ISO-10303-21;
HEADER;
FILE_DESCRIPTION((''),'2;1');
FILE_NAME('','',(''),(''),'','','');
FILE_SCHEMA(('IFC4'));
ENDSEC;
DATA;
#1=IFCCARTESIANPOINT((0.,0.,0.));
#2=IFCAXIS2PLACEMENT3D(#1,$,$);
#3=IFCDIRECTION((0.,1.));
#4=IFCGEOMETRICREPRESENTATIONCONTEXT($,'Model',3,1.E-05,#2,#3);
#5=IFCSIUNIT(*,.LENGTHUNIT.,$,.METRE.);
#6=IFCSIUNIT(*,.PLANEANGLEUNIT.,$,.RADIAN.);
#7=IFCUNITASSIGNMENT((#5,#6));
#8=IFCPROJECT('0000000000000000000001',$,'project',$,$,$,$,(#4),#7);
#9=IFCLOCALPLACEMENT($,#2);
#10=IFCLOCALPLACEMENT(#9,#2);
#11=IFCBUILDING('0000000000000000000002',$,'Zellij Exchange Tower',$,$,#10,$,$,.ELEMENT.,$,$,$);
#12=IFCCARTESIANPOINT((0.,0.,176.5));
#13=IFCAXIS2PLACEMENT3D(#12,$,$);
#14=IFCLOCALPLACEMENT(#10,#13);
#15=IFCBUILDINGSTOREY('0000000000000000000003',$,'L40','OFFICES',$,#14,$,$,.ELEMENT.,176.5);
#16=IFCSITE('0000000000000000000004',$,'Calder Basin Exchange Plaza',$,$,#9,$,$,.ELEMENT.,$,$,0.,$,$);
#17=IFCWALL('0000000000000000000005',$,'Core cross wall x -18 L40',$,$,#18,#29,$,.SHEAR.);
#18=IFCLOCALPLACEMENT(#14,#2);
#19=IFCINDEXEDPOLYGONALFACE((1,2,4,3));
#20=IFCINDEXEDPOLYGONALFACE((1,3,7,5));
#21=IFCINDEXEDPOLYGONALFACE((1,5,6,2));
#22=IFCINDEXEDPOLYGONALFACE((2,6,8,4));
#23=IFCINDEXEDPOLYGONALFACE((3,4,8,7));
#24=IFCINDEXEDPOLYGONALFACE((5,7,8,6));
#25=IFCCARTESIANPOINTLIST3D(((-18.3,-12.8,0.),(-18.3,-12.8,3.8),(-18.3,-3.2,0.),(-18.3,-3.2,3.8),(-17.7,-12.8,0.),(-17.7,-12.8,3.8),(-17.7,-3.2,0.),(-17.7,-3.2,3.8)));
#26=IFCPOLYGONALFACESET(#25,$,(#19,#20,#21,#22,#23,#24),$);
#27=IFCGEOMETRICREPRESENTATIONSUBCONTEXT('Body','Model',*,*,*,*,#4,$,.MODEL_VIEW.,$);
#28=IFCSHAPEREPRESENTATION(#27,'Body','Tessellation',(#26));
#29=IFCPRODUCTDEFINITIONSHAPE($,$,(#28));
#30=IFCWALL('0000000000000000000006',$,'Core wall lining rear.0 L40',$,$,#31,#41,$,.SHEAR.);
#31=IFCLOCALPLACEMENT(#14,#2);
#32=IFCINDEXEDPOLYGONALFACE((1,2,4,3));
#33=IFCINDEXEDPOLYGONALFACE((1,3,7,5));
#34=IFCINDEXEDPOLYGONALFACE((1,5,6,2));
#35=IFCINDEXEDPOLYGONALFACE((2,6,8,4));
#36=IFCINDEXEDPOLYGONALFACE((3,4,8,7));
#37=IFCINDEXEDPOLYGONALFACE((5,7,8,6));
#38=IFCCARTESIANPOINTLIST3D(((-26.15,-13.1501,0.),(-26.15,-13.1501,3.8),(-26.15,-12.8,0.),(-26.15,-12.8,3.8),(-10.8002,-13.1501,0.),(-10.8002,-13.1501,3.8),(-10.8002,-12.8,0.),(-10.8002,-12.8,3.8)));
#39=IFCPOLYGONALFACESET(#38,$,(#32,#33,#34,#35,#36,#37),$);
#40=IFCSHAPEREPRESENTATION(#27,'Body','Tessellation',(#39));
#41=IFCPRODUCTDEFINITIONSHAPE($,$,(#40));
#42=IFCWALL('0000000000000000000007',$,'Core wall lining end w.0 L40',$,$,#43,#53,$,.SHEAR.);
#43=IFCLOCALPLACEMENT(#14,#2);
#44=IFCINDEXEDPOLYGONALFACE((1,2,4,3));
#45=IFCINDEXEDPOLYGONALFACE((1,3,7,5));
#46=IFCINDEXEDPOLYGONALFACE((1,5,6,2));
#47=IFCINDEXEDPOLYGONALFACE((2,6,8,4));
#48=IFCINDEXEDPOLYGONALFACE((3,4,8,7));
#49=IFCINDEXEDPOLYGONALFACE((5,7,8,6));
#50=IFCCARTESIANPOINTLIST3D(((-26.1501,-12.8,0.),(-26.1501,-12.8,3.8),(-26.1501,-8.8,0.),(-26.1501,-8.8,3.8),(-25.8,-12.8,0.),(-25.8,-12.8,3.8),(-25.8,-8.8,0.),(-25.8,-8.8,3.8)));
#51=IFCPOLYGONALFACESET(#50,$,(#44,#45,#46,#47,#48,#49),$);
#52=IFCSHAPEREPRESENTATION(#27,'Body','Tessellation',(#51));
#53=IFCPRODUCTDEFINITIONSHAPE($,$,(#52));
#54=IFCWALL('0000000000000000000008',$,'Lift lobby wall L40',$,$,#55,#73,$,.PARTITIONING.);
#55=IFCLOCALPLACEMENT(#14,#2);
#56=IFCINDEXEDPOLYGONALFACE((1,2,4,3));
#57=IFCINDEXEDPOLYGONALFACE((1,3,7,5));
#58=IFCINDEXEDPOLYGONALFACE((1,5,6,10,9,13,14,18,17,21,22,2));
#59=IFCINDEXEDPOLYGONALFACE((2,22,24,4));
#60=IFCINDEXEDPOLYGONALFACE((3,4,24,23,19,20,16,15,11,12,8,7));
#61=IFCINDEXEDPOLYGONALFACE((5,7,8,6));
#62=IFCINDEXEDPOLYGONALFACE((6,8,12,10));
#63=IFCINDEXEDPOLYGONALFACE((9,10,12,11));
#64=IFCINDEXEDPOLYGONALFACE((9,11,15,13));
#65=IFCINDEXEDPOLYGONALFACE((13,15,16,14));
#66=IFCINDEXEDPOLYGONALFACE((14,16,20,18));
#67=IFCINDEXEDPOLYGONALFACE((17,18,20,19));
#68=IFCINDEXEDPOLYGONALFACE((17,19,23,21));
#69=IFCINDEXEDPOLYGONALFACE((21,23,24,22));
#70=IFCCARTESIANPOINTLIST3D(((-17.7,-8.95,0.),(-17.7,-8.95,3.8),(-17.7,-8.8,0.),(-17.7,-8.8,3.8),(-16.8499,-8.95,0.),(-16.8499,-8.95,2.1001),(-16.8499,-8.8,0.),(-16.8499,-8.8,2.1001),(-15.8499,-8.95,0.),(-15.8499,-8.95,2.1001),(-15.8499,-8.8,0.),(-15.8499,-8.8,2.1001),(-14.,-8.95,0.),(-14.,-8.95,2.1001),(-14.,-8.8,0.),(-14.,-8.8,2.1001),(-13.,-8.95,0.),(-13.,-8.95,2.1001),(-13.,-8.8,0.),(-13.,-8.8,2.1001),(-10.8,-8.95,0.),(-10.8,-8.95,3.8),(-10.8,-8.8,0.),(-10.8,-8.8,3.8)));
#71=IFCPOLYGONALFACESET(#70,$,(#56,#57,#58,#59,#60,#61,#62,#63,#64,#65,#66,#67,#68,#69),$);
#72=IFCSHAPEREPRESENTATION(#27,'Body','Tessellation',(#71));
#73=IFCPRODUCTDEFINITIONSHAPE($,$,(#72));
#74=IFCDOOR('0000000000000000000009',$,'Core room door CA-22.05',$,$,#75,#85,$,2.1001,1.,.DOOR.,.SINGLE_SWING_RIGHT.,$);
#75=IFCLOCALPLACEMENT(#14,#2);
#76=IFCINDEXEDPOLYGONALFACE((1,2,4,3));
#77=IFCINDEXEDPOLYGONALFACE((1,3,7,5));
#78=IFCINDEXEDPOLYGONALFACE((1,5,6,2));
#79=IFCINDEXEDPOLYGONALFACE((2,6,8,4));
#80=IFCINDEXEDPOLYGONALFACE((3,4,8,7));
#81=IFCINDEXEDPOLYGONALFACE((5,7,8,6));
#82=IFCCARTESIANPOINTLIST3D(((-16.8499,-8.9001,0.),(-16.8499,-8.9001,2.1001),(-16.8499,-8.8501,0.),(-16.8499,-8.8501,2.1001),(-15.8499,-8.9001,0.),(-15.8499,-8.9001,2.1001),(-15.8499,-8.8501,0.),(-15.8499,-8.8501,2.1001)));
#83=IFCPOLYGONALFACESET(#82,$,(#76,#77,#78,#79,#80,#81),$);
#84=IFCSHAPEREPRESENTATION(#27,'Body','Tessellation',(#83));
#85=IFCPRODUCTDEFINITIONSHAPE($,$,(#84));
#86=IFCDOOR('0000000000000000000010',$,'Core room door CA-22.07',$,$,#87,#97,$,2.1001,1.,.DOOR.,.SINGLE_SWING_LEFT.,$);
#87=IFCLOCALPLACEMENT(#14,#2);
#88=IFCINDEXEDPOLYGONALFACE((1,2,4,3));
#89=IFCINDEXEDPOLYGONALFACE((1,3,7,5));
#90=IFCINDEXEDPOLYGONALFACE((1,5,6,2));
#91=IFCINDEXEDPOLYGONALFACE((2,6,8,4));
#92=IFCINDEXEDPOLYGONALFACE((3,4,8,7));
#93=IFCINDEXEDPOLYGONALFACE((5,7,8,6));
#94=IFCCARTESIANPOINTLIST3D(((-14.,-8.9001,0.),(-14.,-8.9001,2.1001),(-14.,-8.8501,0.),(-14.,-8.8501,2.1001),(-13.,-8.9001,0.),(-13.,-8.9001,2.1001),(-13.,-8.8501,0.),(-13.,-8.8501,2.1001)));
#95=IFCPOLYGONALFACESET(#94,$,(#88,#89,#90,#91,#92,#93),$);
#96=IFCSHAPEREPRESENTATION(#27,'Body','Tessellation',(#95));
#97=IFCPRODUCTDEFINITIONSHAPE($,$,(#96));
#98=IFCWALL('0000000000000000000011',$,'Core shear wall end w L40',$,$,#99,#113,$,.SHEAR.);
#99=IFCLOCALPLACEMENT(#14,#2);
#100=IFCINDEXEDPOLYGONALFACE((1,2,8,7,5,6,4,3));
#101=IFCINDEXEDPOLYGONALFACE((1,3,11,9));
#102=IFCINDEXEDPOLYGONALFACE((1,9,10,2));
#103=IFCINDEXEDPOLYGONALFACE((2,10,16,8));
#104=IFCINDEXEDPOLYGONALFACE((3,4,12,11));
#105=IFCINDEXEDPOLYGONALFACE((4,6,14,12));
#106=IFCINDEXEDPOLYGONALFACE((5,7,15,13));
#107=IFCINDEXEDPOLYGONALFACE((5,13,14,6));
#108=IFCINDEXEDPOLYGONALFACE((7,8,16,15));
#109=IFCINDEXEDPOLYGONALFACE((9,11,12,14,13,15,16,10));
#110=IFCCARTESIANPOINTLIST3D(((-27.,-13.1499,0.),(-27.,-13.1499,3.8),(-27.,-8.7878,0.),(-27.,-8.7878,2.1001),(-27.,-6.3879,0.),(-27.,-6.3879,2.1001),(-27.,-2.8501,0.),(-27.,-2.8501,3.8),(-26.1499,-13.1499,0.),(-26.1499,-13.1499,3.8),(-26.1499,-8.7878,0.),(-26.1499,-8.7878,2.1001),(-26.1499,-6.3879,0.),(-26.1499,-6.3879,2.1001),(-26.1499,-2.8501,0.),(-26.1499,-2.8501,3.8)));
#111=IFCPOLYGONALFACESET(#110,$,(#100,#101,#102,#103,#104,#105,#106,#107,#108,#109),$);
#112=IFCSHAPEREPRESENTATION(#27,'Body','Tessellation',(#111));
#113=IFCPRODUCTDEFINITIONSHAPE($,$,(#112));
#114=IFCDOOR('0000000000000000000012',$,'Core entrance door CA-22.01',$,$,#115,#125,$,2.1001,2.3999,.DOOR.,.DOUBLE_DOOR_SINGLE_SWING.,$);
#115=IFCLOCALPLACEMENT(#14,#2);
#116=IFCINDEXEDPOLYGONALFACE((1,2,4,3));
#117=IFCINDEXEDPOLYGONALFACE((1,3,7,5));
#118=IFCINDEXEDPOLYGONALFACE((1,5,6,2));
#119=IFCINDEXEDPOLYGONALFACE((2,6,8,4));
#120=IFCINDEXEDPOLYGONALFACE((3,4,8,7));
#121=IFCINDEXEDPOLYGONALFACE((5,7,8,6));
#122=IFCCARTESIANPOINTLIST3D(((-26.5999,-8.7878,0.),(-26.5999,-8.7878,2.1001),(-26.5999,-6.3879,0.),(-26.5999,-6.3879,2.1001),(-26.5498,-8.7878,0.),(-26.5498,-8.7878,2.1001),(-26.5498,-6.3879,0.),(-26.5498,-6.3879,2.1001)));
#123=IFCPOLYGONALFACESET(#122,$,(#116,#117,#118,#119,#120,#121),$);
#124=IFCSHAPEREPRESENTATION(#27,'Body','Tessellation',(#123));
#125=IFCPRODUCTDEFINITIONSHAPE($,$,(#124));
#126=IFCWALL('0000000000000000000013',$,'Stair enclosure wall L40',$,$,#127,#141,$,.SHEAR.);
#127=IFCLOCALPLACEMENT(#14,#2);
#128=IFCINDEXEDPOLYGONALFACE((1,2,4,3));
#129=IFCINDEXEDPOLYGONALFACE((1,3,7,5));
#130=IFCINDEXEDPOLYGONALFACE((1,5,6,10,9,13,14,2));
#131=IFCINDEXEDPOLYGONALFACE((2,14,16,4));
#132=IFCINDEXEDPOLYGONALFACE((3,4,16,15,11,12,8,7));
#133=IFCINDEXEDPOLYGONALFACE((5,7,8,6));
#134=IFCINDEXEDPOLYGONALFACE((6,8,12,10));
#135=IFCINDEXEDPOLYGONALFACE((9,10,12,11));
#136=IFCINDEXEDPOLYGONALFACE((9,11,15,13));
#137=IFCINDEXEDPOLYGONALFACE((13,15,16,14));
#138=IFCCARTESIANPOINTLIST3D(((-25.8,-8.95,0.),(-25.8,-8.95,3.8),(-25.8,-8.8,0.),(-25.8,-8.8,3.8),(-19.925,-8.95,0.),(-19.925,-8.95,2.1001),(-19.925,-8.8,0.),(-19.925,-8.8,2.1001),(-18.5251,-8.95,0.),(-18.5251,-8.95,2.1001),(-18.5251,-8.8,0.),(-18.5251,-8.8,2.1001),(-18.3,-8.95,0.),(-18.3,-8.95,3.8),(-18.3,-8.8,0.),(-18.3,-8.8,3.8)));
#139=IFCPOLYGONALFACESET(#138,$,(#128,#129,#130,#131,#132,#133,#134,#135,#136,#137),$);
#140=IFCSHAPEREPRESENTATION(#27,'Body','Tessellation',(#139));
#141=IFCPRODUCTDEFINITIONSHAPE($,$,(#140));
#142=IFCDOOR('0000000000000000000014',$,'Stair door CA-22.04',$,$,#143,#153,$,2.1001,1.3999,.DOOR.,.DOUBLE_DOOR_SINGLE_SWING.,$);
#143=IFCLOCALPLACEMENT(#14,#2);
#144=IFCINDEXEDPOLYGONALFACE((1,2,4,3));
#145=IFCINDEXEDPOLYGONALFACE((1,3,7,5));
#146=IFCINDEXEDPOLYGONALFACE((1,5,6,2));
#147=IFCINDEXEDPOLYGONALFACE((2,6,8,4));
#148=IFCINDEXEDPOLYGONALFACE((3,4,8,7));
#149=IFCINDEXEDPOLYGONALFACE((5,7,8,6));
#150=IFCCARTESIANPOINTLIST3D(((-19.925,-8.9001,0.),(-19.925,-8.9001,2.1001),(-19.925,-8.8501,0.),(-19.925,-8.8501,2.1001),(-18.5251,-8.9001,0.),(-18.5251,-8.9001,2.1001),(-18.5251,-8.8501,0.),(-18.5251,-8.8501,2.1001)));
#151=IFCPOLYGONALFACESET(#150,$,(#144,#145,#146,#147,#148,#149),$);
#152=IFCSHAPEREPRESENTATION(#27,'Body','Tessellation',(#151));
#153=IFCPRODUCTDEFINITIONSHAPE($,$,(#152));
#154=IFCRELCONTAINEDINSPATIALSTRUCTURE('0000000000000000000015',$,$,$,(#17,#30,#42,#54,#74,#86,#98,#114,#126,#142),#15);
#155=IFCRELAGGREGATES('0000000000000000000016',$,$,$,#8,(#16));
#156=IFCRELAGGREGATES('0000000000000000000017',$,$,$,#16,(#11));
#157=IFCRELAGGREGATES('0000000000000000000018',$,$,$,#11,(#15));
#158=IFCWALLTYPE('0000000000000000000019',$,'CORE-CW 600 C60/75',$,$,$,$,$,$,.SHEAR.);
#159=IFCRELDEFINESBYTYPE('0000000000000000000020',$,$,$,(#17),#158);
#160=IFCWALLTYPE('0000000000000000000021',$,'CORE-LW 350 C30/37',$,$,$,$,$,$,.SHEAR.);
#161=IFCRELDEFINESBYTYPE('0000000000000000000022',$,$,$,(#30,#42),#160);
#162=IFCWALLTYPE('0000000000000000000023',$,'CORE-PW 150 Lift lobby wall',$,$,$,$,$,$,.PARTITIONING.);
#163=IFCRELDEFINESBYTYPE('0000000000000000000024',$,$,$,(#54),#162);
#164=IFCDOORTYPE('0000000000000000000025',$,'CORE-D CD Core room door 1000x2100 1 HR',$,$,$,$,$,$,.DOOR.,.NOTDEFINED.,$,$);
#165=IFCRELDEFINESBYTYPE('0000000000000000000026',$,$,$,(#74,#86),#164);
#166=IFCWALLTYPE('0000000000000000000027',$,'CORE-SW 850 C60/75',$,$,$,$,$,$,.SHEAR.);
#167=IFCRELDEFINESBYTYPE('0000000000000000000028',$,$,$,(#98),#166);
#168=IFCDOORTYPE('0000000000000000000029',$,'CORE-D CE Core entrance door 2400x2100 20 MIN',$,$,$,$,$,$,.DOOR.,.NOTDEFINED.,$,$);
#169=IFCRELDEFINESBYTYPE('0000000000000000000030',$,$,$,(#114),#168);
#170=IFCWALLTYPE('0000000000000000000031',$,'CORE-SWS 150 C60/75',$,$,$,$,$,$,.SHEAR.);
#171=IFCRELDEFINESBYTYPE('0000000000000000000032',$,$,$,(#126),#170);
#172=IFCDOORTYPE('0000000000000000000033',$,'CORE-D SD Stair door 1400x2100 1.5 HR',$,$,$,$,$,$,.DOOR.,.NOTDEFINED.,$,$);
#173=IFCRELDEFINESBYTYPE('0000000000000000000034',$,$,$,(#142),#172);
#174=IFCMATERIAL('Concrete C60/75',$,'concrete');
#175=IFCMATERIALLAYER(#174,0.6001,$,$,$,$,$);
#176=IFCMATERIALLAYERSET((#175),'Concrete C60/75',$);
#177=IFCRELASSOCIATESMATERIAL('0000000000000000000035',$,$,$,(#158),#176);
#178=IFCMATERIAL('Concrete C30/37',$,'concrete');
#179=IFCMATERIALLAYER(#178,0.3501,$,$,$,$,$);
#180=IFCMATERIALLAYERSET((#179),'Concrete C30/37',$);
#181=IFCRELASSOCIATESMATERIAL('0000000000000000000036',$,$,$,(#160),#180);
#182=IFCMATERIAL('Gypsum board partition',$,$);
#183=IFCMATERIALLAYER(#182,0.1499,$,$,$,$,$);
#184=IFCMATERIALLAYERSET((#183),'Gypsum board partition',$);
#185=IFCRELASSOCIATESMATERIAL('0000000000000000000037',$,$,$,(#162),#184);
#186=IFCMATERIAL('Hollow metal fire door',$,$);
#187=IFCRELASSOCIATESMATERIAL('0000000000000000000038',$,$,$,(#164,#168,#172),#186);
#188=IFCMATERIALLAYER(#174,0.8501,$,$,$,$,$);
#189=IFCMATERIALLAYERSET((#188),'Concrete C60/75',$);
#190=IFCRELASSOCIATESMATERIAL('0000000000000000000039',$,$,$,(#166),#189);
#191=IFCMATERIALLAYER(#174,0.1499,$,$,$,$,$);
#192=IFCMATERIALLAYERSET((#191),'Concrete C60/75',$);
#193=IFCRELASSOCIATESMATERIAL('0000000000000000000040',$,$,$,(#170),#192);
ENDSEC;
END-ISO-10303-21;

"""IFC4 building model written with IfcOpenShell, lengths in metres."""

from ifc_helpers import new_model, si_unit, direction, frame, frame_2d, origin, place, context, subcontext, project, spatial, rectangle, extrude, material, layer, layer_set, type_object, element, fill, save


model = new_model("IFC4")

# Units and contexts
model_context = context("Model", 3, precision=1e-05, world=origin(), true_north=direction((0.0, 1.0)))
body_context = subcontext(model_context, "Body", "Model", "MODEL_VIEW")
ifc_project = project(units=[si_unit("LENGTHUNIT", "METRE"), si_unit("PLANEANGLEUNIT", "RADIAN")], contexts=[model_context])

# Site, building, storey
site_placement = place(None, origin())
site = spatial("IfcSite", under=ifc_project, at=site_placement, Name="Calder Basin Exchange Plaza", CompositionType="ELEMENT", RefElevation=0.0)
building_placement = place(site_placement, origin())
building = spatial("IfcBuilding", under=site, at=building_placement, Name="Zellij Exchange Tower", CompositionType="ELEMENT")
storey_placement = place(building_placement, frame((0.0, 0.0, 176.5)))
storey = spatial("IfcBuildingStorey", under=building, at=storey_placement, Name="L40", Description="OFFICES", CompositionType="ELEMENT", Elevation=176.5)

# Walls
ifc_material_1 = material(Name="Concrete C60/75", Category="concrete")
ifc_layer_1 = layer(ifc_material_1, 0.6001)
ifc_layer_set_1 = layer_set([ifc_layer_1], Name="Concrete C60/75")
wall_type_1 = type_object("IfcWallType", Name="CORE-CW 600 C60/75", PredefinedType="SHEAR", material=ifc_layer_set_1)
wall_1_placement = place(storey_placement, frame((-18.0, -12.8, 0.0), z_axis=(0.0, 0.0, 1.0), x_axis=(0.0, 1.0, 0.0)))
element("IfcWall", 1, at=wall_1_placement, inside=storey, type_object=wall_type_1, Name="Core cross wall x -18 L40", PredefinedType="SHEAR", context=body_context, shape_type="SweptSolid", body=[
    extrude(rectangle(XDim=9.6001, YDim=0.6001, at=frame_2d((4.8, 0.0))), origin(), (0.0, 0.0, 1.0), 3.8),
])
ifc_material_2 = material(Name="Concrete C30/37", Category="concrete")
ifc_layer_2 = layer(ifc_material_2, 0.3501)
ifc_layer_set_2 = layer_set([ifc_layer_2], Name="Concrete C30/37")
wall_type_2 = type_object("IfcWallType", Name="CORE-LW 350 C30/37", PredefinedType="SHEAR", material=ifc_layer_set_2)
wall_2_placement = place(storey_placement, frame((-26.1499, -12.9751, 0.0), z_axis=(0.0, 0.0, 1.0), x_axis=(1.0, 0.0, 0.0)))
element("IfcWall", 2, at=wall_2_placement, inside=storey, type_object=wall_type_2, Name="Core wall lining rear.0 L40", PredefinedType="SHEAR", context=body_context, shape_type="SweptSolid", body=[
    extrude(rectangle(XDim=15.3499, YDim=0.3501, at=frame_2d((7.6748, 0.0))), origin(), (0.0, 0.0, 1.0), 3.8),
])
wall_3_placement = place(storey_placement, frame((-25.9751, -12.8, 0.0), z_axis=(0.0, 0.0, 1.0), x_axis=(0.0, 1.0, 0.0)))
element("IfcWall", 3, at=wall_3_placement, inside=storey, type_object=wall_type_2, Name="Core wall lining end w.0 L40", PredefinedType="SHEAR", context=body_context, shape_type="SweptSolid", body=[
    extrude(rectangle(XDim=4.0, YDim=0.3501, at=frame_2d((2.0, 0.0))), origin(), (0.0, 0.0, 1.0), 3.8),
])

# Wall, openings, doors
ifc_material_3 = material(Name="Gypsum board partition")
ifc_layer_3 = layer(ifc_material_3, 0.1499)
ifc_layer_set_3 = layer_set([ifc_layer_3], Name="Gypsum board partition")
wall_type_3 = type_object("IfcWallType", Name="CORE-PW 150 Lift lobby wall", PredefinedType="PARTITIONING", material=ifc_layer_set_3)
wall_4_placement = place(storey_placement, frame((-17.7, -8.875, 0.0), z_axis=(0.0, 0.0, 1.0), x_axis=(1.0, 0.0, 0.0)))
wall_4 = element("IfcWall", 4, at=wall_4_placement, inside=storey, type_object=wall_type_3, Name="Lift lobby wall L40", PredefinedType="PARTITIONING", context=body_context, shape_type="SweptSolid", body=[
    extrude(rectangle(XDim=6.8999, YDim=0.1499, at=frame_2d((3.45, 0.0))), origin(), (0.0, 0.0, 1.0), 3.8),
])
opening_1_placement = place(wall_4_placement, frame((0.8501, 0.0, 0.0)))
opening_1 = element("IfcOpeningElement", 5, at=opening_1_placement, cuts=wall_4, PredefinedType="OPENING", context=body_context, shape_type="SweptSolid", body=[
    extrude(rectangle(XDim=1.0, YDim=2.1001, at=frame_2d((0.5, 1.05))), frame((0.0, 0.0869, 0.0), z_axis=(0.0, -1.0, 0.0), x_axis=(1.0, 0.0, 0.0)), (0.0, 0.0, 1.0), 0.1738),
])
opening_2_placement = place(wall_4_placement, frame((3.7, 0.0, 0.0)))
opening_2 = element("IfcOpeningElement", 6, at=opening_2_placement, cuts=wall_4, PredefinedType="OPENING", context=body_context, shape_type="SweptSolid", body=[
    extrude(rectangle(XDim=1.0, YDim=2.1001, at=frame_2d((0.5, 1.05))), frame((0.0, 0.0869, 0.0), z_axis=(0.0, -1.0, 0.0), x_axis=(1.0, 0.0, 0.0)), (0.0, 0.0, 1.0), 0.1738),
])
ifc_material_4 = material(Name="Hollow metal fire door")
door_type_1 = type_object("IfcDoorType", Name="CORE-D CD Core room door 1000x2100 1 HR", OperationType="NOTDEFINED", PredefinedType="DOOR", material=ifc_material_4)
door_1_placement = place(opening_1_placement, origin())
door_1 = element("IfcDoor", 7, at=door_1_placement, inside=storey, type_object=door_type_1, Name="Core room door CA-22.05", OperationType="SINGLE_SWING_RIGHT", OverallHeight=2.1001, OverallWidth=1.0, PredefinedType="DOOR", context=body_context, shape_type="SweptSolid", body=[
    extrude(rectangle(XDim=1.0, YDim=2.1001, at=frame_2d((0.5, 1.05))), frame((0.0, 0.0249, 0.0), z_axis=(0.0, -1.0, 0.0), x_axis=(1.0, 0.0, 0.0)), (0.0, 0.0, 1.0), 0.05),
])
fill(opening_1, door_1)
door_2_placement = place(opening_2_placement, origin())
door_2 = element("IfcDoor", 8, at=door_2_placement, inside=storey, type_object=door_type_1, Name="Core room door CA-22.07", OperationType="SINGLE_SWING_LEFT", OverallHeight=2.1001, OverallWidth=1.0, PredefinedType="DOOR", context=body_context, shape_type="SweptSolid", body=[
    extrude(rectangle(XDim=1.0, YDim=2.1001, at=frame_2d((0.5, 1.05))), frame((0.0, 0.0249, 0.0), z_axis=(0.0, -1.0, 0.0), x_axis=(1.0, 0.0, 0.0)), (0.0, 0.0, 1.0), 0.05),
])
fill(opening_2, door_2)

# Walls, openings, doors
ifc_layer_4 = layer(ifc_material_1, 0.8501)
ifc_layer_set_4 = layer_set([ifc_layer_4], Name="Concrete C60/75")
wall_type_4 = type_object("IfcWallType", Name="CORE-SW 850 C60/75", PredefinedType="SHEAR", material=ifc_layer_set_4)
wall_5_placement = place(storey_placement, frame((-26.575, -13.1499, 0.0), z_axis=(0.0, 0.0, 1.0), x_axis=(0.0, 1.0, 0.0)))
wall_5 = element("IfcWall", 9, at=wall_5_placement, inside=storey, type_object=wall_type_4, Name="Core shear wall end w L40", PredefinedType="SHEAR", context=body_context, shape_type="SweptSolid", body=[
    extrude(rectangle(XDim=10.2998, YDim=0.8501, at=frame_2d((5.1499, 0.0))), origin(), (0.0, 0.0, 1.0), 3.8),
])
opening_3_placement = place(wall_5_placement, frame((4.3621, 0.0, 0.0)))
opening_3 = element("IfcOpeningElement", 10, at=opening_3_placement, cuts=wall_5, PredefinedType="OPENING", context=body_context, shape_type="SweptSolid", body=[
    extrude(rectangle(XDim=2.3999, YDim=2.1001, at=frame_2d((1.2, 1.05))), frame((0.0, 0.437, 0.0), z_axis=(0.0, -1.0, 0.0), x_axis=(1.0, 0.0, 0.0)), (0.0, 0.0, 1.0), 0.874),
])
door_type_2 = type_object("IfcDoorType", Name="CORE-D CE Core entrance door 2400x2100 20 MIN", OperationType="NOTDEFINED", PredefinedType="DOOR", material=ifc_material_4)
door_3_placement = place(opening_3_placement, origin())
door_3 = element("IfcDoor", 11, at=door_3_placement, inside=storey, type_object=door_type_2, Name="Core entrance door CA-22.01", OperationType="DOUBLE_DOOR_SINGLE_SWING", OverallHeight=2.1001, OverallWidth=2.3999, PredefinedType="DOOR", context=body_context, shape_type="SweptSolid", body=[
    extrude(rectangle(XDim=2.3999, YDim=2.1001, at=frame_2d((1.2, 1.05))), frame((0.0, 0.0249, 0.0), z_axis=(0.0, -1.0, 0.0), x_axis=(1.0, 0.0, 0.0)), (0.0, 0.0, 1.0), 0.05),
])
fill(opening_3, door_3)
ifc_layer_5 = layer(ifc_material_1, 0.1499)
ifc_layer_set_5 = layer_set([ifc_layer_5], Name="Concrete C60/75")
wall_type_5 = type_object("IfcWallType", Name="CORE-SWS 150 C60/75", PredefinedType="SHEAR", material=ifc_layer_set_5)
wall_6_placement = place(storey_placement, frame((-25.8, -8.875, 0.0), z_axis=(0.0, 0.0, 1.0), x_axis=(1.0, 0.0, 0.0)))
wall_6 = element("IfcWall", 12, at=wall_6_placement, inside=storey, type_object=wall_type_5, Name="Stair enclosure wall L40", PredefinedType="SHEAR", context=body_context, shape_type="SweptSolid", body=[
    extrude(rectangle(XDim=7.5, YDim=0.1499, at=frame_2d((3.75, 0.0))), origin(), (0.0, 0.0, 1.0), 3.8),
])
opening_4_placement = place(wall_6_placement, frame((5.875, 0.0, 0.0)))
opening_4 = element("IfcOpeningElement", 13, at=opening_4_placement, cuts=wall_6, PredefinedType="OPENING", context=body_context, shape_type="SweptSolid", body=[
    extrude(rectangle(XDim=1.3999, YDim=2.1001, at=frame_2d((0.7, 1.05))), frame((0.0, 0.0869, 0.0), z_axis=(0.0, -1.0, 0.0), x_axis=(1.0, 0.0, 0.0)), (0.0, 0.0, 1.0), 0.1738),
])
door_type_3 = type_object("IfcDoorType", Name="CORE-D SD Stair door 1400x2100 1.5 HR", OperationType="NOTDEFINED", PredefinedType="DOOR", material=ifc_material_4)
door_4_placement = place(opening_4_placement, origin())
door_4 = element("IfcDoor", 14, at=door_4_placement, inside=storey, type_object=door_type_3, Name="Stair door CA-22.04", OperationType="DOUBLE_DOOR_SINGLE_SWING", OverallHeight=2.1001, OverallWidth=1.3999, PredefinedType="DOOR", context=body_context, shape_type="SweptSolid", body=[
    extrude(rectangle(XDim=1.3999, YDim=2.1001, at=frame_2d((0.7, 1.05))), frame((0.0, 0.0249, 0.0), z_axis=(0.0, -1.0, 0.0), x_axis=(1.0, 0.0, 0.0)), (0.0, 0.0, 1.0), 0.05),
])
fill(opening_4, door_4)

save(model, "model.ifc")
